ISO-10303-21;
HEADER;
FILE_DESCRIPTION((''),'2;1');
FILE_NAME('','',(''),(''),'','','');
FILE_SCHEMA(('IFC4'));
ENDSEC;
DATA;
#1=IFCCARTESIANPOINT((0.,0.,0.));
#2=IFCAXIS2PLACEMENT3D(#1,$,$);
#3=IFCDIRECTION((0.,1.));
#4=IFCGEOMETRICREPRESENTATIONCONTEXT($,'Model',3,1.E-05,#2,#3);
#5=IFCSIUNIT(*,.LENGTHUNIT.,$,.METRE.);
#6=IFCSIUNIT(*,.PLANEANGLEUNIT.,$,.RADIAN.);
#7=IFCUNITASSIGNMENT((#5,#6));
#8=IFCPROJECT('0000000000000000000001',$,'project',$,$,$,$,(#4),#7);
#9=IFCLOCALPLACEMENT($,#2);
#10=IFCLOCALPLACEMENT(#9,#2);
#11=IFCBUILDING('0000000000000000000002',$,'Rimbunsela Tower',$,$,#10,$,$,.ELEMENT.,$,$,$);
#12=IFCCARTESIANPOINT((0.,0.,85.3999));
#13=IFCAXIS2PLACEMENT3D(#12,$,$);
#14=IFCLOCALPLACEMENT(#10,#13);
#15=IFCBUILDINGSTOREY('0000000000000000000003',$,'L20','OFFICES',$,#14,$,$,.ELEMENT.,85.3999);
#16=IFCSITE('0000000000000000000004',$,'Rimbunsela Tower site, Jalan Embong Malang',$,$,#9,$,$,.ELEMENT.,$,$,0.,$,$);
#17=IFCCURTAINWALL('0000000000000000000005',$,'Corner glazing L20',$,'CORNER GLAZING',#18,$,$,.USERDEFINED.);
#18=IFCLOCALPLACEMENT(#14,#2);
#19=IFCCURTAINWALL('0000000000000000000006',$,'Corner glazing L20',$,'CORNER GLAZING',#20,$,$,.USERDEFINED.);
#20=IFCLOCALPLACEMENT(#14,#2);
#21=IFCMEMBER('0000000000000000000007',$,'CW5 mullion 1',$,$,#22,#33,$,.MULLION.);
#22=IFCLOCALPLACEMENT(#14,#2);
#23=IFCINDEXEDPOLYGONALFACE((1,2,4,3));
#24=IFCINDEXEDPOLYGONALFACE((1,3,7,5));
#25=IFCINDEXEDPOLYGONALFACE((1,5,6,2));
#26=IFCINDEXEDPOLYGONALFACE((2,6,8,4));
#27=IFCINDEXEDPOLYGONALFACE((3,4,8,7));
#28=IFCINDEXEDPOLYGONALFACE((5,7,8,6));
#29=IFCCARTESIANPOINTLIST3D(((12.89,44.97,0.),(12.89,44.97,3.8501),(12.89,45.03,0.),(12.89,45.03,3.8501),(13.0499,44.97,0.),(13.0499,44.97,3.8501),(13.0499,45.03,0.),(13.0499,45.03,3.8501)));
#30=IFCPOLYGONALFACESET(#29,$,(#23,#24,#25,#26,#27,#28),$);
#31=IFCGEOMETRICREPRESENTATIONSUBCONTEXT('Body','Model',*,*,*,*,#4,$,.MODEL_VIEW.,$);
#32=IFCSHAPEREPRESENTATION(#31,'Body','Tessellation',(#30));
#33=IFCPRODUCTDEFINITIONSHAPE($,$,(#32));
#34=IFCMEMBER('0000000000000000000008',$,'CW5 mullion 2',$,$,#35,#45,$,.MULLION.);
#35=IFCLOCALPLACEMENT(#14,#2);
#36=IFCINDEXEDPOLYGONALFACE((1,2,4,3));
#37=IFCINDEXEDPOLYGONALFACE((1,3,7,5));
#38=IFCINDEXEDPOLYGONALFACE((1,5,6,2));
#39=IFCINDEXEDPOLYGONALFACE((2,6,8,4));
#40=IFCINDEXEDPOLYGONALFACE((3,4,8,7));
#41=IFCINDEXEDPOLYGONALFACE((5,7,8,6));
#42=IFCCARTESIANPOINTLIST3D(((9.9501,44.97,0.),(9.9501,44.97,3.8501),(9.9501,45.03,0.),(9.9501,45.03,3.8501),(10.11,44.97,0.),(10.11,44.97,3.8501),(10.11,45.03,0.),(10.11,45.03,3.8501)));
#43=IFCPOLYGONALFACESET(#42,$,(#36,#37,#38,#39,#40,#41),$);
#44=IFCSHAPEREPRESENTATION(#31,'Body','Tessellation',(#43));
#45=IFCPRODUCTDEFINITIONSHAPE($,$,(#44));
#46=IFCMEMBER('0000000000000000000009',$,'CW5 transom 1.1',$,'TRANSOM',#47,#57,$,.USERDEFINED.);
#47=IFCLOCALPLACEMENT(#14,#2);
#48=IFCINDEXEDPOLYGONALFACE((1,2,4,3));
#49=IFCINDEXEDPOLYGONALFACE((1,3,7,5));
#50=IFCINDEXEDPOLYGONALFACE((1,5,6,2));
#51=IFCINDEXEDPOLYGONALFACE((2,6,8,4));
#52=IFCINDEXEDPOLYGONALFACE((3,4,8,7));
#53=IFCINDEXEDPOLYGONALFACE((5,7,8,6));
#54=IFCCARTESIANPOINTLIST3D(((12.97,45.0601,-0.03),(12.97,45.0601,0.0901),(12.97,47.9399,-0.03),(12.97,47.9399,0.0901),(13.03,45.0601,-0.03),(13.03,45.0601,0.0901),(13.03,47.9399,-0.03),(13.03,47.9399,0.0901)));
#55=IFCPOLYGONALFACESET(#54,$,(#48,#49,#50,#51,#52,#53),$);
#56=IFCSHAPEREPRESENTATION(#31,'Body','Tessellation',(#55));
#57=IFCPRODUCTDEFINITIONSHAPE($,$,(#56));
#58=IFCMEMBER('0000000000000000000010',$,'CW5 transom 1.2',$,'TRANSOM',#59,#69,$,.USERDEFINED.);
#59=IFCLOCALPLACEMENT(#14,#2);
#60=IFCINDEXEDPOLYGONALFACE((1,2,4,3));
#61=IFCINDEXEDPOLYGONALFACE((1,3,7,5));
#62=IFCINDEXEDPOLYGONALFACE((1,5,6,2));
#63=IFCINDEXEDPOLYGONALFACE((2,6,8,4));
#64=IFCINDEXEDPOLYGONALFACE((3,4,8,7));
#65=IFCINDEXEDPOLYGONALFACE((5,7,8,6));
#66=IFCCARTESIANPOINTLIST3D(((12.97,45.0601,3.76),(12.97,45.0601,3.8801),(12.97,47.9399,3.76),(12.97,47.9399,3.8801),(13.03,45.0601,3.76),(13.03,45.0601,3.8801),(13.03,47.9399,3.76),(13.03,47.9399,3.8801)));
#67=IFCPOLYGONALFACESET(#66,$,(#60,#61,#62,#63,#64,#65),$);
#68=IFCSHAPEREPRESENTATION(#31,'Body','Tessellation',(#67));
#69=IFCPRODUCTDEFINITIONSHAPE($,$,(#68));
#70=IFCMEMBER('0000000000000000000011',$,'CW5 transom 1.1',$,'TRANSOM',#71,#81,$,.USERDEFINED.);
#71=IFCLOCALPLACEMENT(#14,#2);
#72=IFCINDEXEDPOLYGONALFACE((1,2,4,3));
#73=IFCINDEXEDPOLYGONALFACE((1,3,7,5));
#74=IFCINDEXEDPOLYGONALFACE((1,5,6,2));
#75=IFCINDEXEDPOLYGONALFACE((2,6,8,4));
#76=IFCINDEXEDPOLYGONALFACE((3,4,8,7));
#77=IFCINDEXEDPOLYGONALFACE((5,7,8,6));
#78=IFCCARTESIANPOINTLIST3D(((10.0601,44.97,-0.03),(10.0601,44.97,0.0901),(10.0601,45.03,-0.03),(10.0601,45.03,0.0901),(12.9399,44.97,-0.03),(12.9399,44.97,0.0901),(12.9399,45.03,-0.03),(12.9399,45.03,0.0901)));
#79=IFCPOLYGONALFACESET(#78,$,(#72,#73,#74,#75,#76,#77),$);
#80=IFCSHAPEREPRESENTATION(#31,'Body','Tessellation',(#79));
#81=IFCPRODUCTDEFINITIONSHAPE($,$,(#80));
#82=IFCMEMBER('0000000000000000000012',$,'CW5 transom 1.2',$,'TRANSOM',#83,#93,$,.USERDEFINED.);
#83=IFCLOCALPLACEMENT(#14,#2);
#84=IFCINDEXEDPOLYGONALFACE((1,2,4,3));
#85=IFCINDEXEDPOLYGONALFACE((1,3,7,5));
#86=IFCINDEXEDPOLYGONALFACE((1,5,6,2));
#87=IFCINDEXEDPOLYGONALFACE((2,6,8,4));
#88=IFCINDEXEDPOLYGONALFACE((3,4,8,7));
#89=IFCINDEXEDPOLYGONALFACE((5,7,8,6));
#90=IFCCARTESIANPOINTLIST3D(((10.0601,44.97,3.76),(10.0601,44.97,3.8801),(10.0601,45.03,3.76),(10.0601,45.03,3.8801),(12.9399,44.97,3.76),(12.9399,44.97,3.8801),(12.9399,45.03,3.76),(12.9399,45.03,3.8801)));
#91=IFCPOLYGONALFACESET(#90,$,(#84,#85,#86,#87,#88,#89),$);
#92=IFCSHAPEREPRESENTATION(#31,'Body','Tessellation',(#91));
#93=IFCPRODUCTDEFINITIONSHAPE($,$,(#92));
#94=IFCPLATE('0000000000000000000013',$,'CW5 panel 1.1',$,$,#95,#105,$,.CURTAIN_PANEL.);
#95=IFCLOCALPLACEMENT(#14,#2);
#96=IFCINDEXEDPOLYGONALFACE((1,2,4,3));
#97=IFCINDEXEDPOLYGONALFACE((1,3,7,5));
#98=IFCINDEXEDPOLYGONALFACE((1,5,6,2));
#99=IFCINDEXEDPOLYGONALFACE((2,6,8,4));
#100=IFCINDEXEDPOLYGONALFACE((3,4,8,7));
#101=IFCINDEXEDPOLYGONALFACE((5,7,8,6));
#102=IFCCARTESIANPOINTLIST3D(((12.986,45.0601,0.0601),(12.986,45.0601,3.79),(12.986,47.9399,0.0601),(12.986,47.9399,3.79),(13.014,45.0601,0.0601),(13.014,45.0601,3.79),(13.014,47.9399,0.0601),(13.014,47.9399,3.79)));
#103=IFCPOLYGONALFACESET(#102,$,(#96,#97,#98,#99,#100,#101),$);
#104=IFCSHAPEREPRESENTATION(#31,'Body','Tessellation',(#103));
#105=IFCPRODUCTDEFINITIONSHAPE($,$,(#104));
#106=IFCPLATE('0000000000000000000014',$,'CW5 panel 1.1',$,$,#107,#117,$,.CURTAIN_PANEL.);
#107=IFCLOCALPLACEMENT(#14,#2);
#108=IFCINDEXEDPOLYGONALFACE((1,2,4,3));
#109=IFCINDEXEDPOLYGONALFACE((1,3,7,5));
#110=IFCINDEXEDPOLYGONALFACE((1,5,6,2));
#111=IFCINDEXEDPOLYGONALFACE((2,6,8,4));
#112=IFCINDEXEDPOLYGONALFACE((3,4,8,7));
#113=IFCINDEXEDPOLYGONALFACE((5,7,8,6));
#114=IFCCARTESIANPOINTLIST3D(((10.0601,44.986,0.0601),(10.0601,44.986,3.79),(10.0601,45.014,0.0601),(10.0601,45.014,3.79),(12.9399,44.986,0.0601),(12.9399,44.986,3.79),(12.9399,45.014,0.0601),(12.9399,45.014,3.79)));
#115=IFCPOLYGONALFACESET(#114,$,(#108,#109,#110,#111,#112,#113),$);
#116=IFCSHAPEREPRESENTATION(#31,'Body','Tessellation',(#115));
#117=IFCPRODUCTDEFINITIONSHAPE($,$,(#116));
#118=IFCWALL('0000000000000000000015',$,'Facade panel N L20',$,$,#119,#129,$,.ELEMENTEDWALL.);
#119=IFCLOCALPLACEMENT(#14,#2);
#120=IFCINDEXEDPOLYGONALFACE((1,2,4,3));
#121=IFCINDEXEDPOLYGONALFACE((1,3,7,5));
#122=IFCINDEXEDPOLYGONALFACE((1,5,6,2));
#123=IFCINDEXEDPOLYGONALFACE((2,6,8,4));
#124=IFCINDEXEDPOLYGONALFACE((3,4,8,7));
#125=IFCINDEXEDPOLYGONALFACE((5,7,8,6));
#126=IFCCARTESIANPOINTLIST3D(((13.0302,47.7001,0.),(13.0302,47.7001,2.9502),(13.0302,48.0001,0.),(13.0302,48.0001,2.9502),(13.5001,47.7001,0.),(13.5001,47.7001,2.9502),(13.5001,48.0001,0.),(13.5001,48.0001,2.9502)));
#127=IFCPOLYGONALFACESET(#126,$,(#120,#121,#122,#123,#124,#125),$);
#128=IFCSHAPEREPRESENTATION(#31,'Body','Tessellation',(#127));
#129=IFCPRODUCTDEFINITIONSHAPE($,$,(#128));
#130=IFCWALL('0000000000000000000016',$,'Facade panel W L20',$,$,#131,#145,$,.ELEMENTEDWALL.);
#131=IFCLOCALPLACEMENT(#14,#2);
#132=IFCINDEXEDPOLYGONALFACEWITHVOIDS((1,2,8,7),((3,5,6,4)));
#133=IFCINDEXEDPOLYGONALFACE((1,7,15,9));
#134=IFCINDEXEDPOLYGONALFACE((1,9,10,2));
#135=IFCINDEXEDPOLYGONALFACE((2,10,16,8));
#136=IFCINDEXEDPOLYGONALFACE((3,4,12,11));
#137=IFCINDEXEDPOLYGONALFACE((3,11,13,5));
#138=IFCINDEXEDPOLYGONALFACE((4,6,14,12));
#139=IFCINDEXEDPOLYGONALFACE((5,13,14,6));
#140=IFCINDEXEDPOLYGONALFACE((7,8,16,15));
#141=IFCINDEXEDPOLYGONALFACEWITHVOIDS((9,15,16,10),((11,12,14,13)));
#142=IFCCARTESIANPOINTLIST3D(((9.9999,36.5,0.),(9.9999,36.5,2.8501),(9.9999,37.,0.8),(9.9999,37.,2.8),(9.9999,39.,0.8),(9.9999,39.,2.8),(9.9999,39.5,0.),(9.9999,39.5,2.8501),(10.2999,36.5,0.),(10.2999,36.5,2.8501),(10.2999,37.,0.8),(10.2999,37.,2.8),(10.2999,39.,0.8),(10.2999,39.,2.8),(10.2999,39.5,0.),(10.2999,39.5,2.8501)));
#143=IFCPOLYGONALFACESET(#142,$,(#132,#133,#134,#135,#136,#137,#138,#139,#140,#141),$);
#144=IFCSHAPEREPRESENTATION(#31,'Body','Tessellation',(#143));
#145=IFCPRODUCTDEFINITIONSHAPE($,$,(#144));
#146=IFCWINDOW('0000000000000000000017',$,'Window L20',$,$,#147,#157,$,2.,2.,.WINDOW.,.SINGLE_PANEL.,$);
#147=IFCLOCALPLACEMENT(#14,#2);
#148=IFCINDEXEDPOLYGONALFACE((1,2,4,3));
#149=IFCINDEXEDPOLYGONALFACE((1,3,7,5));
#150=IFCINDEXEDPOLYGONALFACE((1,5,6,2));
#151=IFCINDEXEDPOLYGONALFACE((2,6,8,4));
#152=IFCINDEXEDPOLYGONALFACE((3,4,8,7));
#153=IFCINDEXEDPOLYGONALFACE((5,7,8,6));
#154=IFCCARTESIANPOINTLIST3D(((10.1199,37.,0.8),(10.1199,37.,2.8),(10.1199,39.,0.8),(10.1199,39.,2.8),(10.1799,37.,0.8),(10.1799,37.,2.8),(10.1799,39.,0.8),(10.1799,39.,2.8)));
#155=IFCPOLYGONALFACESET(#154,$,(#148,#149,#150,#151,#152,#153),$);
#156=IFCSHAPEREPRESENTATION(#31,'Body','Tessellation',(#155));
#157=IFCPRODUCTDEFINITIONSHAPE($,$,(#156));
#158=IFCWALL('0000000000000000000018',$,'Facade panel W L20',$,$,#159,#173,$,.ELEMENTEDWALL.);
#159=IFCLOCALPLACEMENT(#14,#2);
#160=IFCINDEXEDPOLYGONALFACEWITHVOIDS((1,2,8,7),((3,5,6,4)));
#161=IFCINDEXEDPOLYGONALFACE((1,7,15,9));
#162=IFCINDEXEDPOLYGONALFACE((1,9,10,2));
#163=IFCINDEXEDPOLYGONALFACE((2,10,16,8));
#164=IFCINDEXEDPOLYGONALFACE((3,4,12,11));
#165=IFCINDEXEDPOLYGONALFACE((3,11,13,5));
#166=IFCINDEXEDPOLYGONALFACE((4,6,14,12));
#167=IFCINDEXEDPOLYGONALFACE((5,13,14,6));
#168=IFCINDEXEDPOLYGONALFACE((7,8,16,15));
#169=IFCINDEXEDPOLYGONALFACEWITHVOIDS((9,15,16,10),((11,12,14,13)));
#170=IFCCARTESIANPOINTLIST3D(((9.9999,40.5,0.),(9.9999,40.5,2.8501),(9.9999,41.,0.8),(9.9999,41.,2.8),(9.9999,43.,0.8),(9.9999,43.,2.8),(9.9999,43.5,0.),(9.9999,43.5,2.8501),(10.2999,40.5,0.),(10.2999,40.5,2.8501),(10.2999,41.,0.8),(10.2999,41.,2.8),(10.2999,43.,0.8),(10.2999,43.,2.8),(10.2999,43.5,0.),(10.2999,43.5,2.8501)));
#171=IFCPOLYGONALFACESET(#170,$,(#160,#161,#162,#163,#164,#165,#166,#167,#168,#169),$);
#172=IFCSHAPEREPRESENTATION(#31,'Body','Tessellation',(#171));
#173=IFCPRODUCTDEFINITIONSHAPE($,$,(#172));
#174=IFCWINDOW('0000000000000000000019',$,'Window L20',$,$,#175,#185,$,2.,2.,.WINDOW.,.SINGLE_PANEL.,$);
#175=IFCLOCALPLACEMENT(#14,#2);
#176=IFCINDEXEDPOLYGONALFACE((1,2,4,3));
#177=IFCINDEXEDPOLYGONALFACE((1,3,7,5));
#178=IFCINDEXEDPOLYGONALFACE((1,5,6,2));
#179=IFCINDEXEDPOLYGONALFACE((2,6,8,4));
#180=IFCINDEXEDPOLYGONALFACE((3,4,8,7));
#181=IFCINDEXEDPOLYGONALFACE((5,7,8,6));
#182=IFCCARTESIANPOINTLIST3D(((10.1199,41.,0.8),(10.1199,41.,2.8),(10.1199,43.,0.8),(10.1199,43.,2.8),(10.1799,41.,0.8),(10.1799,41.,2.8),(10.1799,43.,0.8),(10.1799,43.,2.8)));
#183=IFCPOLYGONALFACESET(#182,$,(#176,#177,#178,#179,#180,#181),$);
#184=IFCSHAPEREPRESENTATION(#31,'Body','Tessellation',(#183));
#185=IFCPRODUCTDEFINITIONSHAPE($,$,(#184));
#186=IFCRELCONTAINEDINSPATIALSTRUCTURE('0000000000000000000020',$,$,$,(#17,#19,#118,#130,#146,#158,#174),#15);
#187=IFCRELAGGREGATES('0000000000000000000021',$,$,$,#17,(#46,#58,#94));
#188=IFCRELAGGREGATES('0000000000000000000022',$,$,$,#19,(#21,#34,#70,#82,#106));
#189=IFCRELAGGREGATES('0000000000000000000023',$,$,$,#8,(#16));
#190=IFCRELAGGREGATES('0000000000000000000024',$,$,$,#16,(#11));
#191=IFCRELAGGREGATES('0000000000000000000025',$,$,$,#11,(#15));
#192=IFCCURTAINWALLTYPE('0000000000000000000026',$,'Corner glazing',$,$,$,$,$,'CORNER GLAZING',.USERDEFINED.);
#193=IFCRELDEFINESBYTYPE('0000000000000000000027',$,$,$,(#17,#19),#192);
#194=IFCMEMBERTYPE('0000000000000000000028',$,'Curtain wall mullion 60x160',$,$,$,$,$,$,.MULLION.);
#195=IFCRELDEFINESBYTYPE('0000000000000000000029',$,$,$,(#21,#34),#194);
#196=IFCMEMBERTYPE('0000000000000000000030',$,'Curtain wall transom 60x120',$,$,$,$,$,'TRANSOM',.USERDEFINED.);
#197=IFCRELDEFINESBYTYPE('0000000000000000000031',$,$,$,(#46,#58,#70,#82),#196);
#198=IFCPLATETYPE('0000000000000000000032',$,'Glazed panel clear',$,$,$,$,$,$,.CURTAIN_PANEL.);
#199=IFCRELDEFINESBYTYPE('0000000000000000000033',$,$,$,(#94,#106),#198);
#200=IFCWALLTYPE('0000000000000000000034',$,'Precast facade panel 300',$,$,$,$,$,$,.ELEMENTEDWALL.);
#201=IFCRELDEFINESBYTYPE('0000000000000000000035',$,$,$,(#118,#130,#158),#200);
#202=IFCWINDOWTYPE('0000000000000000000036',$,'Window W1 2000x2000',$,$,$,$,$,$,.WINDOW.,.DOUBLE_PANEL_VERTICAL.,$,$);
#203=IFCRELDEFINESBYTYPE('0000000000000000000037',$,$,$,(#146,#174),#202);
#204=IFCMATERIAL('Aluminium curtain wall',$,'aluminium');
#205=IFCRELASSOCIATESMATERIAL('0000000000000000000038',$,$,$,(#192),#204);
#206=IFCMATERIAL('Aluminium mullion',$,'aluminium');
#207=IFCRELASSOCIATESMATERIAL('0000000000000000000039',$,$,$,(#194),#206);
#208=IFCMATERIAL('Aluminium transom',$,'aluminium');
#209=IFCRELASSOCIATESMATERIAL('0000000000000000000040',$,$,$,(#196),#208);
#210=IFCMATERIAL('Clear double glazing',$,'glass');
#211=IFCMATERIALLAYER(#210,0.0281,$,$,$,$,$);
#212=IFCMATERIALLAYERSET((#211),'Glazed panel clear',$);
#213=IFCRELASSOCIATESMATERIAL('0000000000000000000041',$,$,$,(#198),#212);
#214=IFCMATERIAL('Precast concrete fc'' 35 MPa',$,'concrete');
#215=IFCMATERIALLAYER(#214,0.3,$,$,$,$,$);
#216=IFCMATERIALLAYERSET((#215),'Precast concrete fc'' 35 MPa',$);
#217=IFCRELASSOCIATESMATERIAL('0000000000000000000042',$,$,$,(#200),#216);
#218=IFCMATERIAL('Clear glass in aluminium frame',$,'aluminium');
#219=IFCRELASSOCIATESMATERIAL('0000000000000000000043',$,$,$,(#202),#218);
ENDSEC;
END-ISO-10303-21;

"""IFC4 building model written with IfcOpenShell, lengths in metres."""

from ifc_helpers import new_model, si_unit, direction, frame, frame_2d, origin, origin_2d, place, context, subcontext, project, spatial, rectangle, extrude, material, layer, layer_set, material_profile, profile_set, type_object, element, fill, aggregate, save


model = new_model("IFC4")

# Units and contexts
model_context = context("Model", 3, precision=1e-05, world=origin(), true_north=direction((0.0, 1.0)))
body_context = subcontext(model_context, "Body", "Model", "MODEL_VIEW")
ifc_project = project(units=[si_unit("LENGTHUNIT", "METRE"), si_unit("PLANEANGLEUNIT", "RADIAN")], contexts=[model_context])

# Site, building, storey
site_placement = place(None, origin())
site = spatial("IfcSite", under=ifc_project, at=site_placement, Name="Rimbunsela Tower site, Jalan Embong Malang", CompositionType="ELEMENT", RefElevation=0.0)
building_placement = place(site_placement, origin())
building = spatial("IfcBuilding", under=site, at=building_placement, Name="Rimbunsela Tower", CompositionType="ELEMENT")
storey_placement = place(building_placement, frame((0.0, 0.0, 85.3999)))
storey = spatial("IfcBuildingStorey", under=building, at=storey_placement, Name="L20", Description="OFFICES", CompositionType="ELEMENT", Elevation=85.3999)

# Curtain walls, members
ifc_material_1 = material(Name="Aluminium curtain wall", Category="aluminium")
curtain_wall_type = type_object("IfcCurtainWallType", Name="Corner glazing", ElementType="CORNER GLAZING", PredefinedType="USERDEFINED", material=ifc_material_1)
curtain_wall_1_placement = place(storey_placement, origin())
curtain_wall_1 = element("IfcCurtainWall", 1, at=curtain_wall_1_placement, inside=storey, type_object=curtain_wall_type, Name="Corner glazing L20", ObjectType="CORNER GLAZING", PredefinedType="USERDEFINED")
ifc_material_2 = material(Name="Aluminium mullion", Category="aluminium")
ifc_material_profile_1 = material_profile(ifc_material_2, rectangle(XDim=0.0601, YDim=0.1599, at=origin_2d()), Name="Mullion 60x160")
ifc_profile_set_1 = profile_set([ifc_material_profile_1], Name="Aluminium mullion")
member_type_1 = type_object("IfcMemberType", Name="Curtain wall mullion 60x160", PredefinedType="MULLION", material=ifc_profile_set_1)
curtain_wall_2_placement = place(storey_placement, origin())
curtain_wall_2 = element("IfcCurtainWall", 2, at=curtain_wall_2_placement, inside=storey, type_object=curtain_wall_type, Name="Corner glazing L20", ObjectType="CORNER GLAZING", PredefinedType="USERDEFINED")
member_1_placement = place(storey_placement, frame((12.97, 45.0, 0.0), z_axis=(0.0, 0.0, 1.0), x_axis=(0.0, -1.0, 0.0)))
member_1 = element("IfcMember", 3, at=member_1_placement, type_object=member_type_1, Name="CW5 mullion 1", PredefinedType="MULLION", context=body_context, shape_type="SweptSolid", body=[
    extrude(rectangle(XDim=0.0601, YDim=0.1599, at=origin_2d()), origin(), (0.0, 0.0, 1.0), 3.8501),
])
member_2_placement = place(storey_placement, frame((10.03, 45.0, 0.0), z_axis=(0.0, 0.0, 1.0), x_axis=(0.0, -1.0, 0.0)))
member_2 = element("IfcMember", 4, at=member_2_placement, type_object=member_type_1, Name="CW5 mullion 2", PredefinedType="MULLION", context=body_context, shape_type="SweptSolid", body=[
    extrude(rectangle(XDim=0.0601, YDim=0.1599, at=origin_2d()), origin(), (0.0, 0.0, 1.0), 3.8501),
])

# Members
ifc_material_3 = material(Name="Aluminium transom", Category="aluminium")
ifc_material_profile_2 = material_profile(ifc_material_3, rectangle(XDim=0.0601, YDim=0.1201, at=origin_2d()), Name="Transom 60x120")
ifc_profile_set_2 = profile_set([ifc_material_profile_2], Name="Aluminium transom")
member_type_2 = type_object("IfcMemberType", Name="Curtain wall transom 60x120", ElementType="TRANSOM", PredefinedType="USERDEFINED", material=ifc_profile_set_2)
member_3_placement = place(storey_placement, frame((13.0, 47.9399, 0.03), z_axis=(0.0, -1.0, 0.0), x_axis=(1.0, 0.0, 0.0)))
member_3 = element("IfcMember", 5, at=member_3_placement, type_object=member_type_2, Name="CW5 transom 1.1", ObjectType="TRANSOM", PredefinedType="USERDEFINED", context=body_context, shape_type="SweptSolid", body=[
    extrude(rectangle(XDim=0.0601, YDim=0.1201, at=origin_2d()), origin(), (0.0, 0.0, 1.0), 2.8799),
])
member_4_placement = place(storey_placement, frame((13.0, 47.9399, 3.8201), z_axis=(0.0, -1.0, 0.0), x_axis=(1.0, 0.0, 0.0)))
member_4 = element("IfcMember", 6, at=member_4_placement, type_object=member_type_2, Name="CW5 transom 1.2", ObjectType="TRANSOM", PredefinedType="USERDEFINED", context=body_context, shape_type="SweptSolid", body=[
    extrude(rectangle(XDim=0.0601, YDim=0.1201, at=origin_2d()), origin(), (0.0, 0.0, 1.0), 2.8799),
])
member_5_placement = place(storey_placement, frame((12.9399, 45.0, 0.03), z_axis=(-1.0, 0.0, 0.0), x_axis=(0.0, -1.0, 0.0)))
member_5 = element("IfcMember", 7, at=member_5_placement, type_object=member_type_2, Name="CW5 transom 1.1", ObjectType="TRANSOM", PredefinedType="USERDEFINED", context=body_context, shape_type="SweptSolid", body=[
    extrude(rectangle(XDim=0.0601, YDim=0.1201, at=origin_2d()), origin(), (0.0, 0.0, 1.0), 2.8799),
])
member_6_placement = place(storey_placement, frame((12.9399, 45.0, 3.8201), z_axis=(-1.0, 0.0, 0.0), x_axis=(0.0, -1.0, 0.0)))
member_6 = element("IfcMember", 8, at=member_6_placement, type_object=member_type_2, Name="CW5 transom 1.2", ObjectType="TRANSOM", PredefinedType="USERDEFINED", context=body_context, shape_type="SweptSolid", body=[
    extrude(rectangle(XDim=0.0601, YDim=0.1201, at=origin_2d()), origin(), (0.0, 0.0, 1.0), 2.8799),
])

# Plates
ifc_material_4 = material(Name="Clear double glazing", Category="glass")
ifc_layer_1 = layer(ifc_material_4, 0.0281)
ifc_layer_set_1 = layer_set([ifc_layer_1], Name="Glazed panel clear")
plate_type = type_object("IfcPlateType", Name="Glazed panel clear", PredefinedType="CURTAIN_PANEL", material=ifc_layer_set_1)
plate_1_placement = place(storey_placement, frame((13.0, 46.5, 0.0601), z_axis=(0.0, 0.0, 1.0), x_axis=(0.0, -1.0, 0.0)))
plate_1 = element("IfcPlate", 9, at=plate_1_placement, type_object=plate_type, Name="CW5 panel 1.1", PredefinedType="CURTAIN_PANEL", context=body_context, shape_type="SweptSolid", body=[
    extrude(rectangle(XDim=2.8799, YDim=0.0281, at=origin_2d()), origin(), (0.0, 0.0, 1.0), 3.73),
])
aggregate(curtain_wall_1, [member_3, member_4, plate_1])
plate_2_placement = place(storey_placement, frame((11.5, 45.0, 0.0601), z_axis=(0.0, 0.0, 1.0), x_axis=(-1.0, 0.0, 0.0)))
plate_2 = element("IfcPlate", 10, at=plate_2_placement, type_object=plate_type, Name="CW5 panel 1.1", PredefinedType="CURTAIN_PANEL", context=body_context, shape_type="SweptSolid", body=[
    extrude(rectangle(XDim=2.8799, YDim=0.0281, at=origin_2d()), origin(), (0.0, 0.0, 1.0), 3.73),
])
aggregate(curtain_wall_2, [member_1, member_2, member_5, member_6, plate_2])

# Wall
ifc_material_5 = material(Name="Precast concrete fc' 35 MPa", Category="concrete")
ifc_layer_2 = layer(ifc_material_5, 0.3)
ifc_layer_set_2 = layer_set([ifc_layer_2], Name="Precast concrete fc' 35 MPa")
wall_type = type_object("IfcWallType", Name="Precast facade panel 300", PredefinedType="ELEMENTEDWALL", material=ifc_layer_set_2)
wall_1_placement = place(storey_placement, frame((13.5, 47.8501, 0.0), z_axis=(0.0, 0.0, 1.0), x_axis=(-1.0, 0.0, 0.0)))
element("IfcWall", 11, at=wall_1_placement, inside=storey, type_object=wall_type, Name="Facade panel N L20", PredefinedType="ELEMENTEDWALL", context=body_context, shape_type="SweptSolid", body=[
    extrude(rectangle(XDim=0.47, YDim=0.3, at=frame_2d((0.2349, 0.0))), origin(), (0.0, 0.0, 1.0), 2.9502),
])

# Walls, openings, windows
wall_2_placement = place(storey_placement, frame((10.1499, 39.5, 0.0), z_axis=(0.0, 0.0, 1.0), x_axis=(0.0, -1.0, 0.0)))
wall_2 = element("IfcWall", 12, at=wall_2_placement, inside=storey, type_object=wall_type, Name="Facade panel W L20", PredefinedType="ELEMENTEDWALL", context=body_context, shape_type="SweptSolid", body=[
    extrude(rectangle(XDim=3.0, YDim=0.3, at=frame_2d((1.5, 0.0))), origin(), (0.0, 0.0, 1.0), 2.8501),
])
opening_1_placement = place(wall_2_placement, frame((0.5, 0.0, 0.8)))
opening_1 = element("IfcOpeningElement", 13, at=opening_1_placement, cuts=wall_2, PredefinedType="OPENING", context=body_context, shape_type="SweptSolid", body=[
    extrude(rectangle(XDim=2.0, YDim=2.0, at=frame_2d((1.0, 1.0))), frame((0.0, 0.1599, 0.0), z_axis=(0.0, -1.0, 0.0), x_axis=(1.0, 0.0, 0.0)), (0.0, 0.0, 1.0), 0.3201),
])
ifc_material_6 = material(Name="Clear glass in aluminium frame", Category="aluminium")
window_type = type_object("IfcWindowType", Name="Window W1 2000x2000", PartitioningType="DOUBLE_PANEL_VERTICAL", PredefinedType="WINDOW", material=ifc_material_6)
window_1_placement = place(opening_1_placement, origin())
window_1 = element("IfcWindow", 14, at=window_1_placement, inside=storey, type_object=window_type, Name="Window L20", OverallHeight=2.0, OverallWidth=2.0, PartitioningType="SINGLE_PANEL", PredefinedType="WINDOW", context=body_context, shape_type="SweptSolid", body=[
    extrude(rectangle(XDim=2.0, YDim=2.0, at=frame_2d((1.0, 1.0))), frame((0.0, 0.03, 0.0), z_axis=(0.0, -1.0, 0.0), x_axis=(1.0, 0.0, 0.0)), (0.0, 0.0, 1.0), 0.0601),
])
fill(opening_1, window_1)
wall_3_placement = place(storey_placement, frame((10.1499, 43.5, 0.0), z_axis=(0.0, 0.0, 1.0), x_axis=(0.0, -1.0, 0.0)))
wall_3 = element("IfcWall", 15, at=wall_3_placement, inside=storey, type_object=wall_type, Name="Facade panel W L20", PredefinedType="ELEMENTEDWALL", context=body_context, shape_type="SweptSolid", body=[
    extrude(rectangle(XDim=3.0, YDim=0.3, at=frame_2d((1.5, 0.0))), origin(), (0.0, 0.0, 1.0), 2.8501),
])
opening_2_placement = place(wall_3_placement, frame((0.5, 0.0, 0.8)))
opening_2 = element("IfcOpeningElement", 16, at=opening_2_placement, cuts=wall_3, PredefinedType="OPENING", context=body_context, shape_type="SweptSolid", body=[
    extrude(rectangle(XDim=2.0, YDim=2.0, at=frame_2d((1.0, 1.0))), frame((0.0, 0.1599, 0.0), z_axis=(0.0, -1.0, 0.0), x_axis=(1.0, 0.0, 0.0)), (0.0, 0.0, 1.0), 0.3201),
])
window_2_placement = place(opening_2_placement, origin())
window_2 = element("IfcWindow", 17, at=window_2_placement, inside=storey, type_object=window_type, Name="Window L20", OverallHeight=2.0, OverallWidth=2.0, PartitioningType="SINGLE_PANEL", PredefinedType="WINDOW", context=body_context, shape_type="SweptSolid", body=[
    extrude(rectangle(XDim=2.0, YDim=2.0, at=frame_2d((1.0, 1.0))), frame((0.0, 0.03, 0.0), z_axis=(0.0, -1.0, 0.0), x_axis=(1.0, 0.0, 0.0)), (0.0, 0.0, 1.0), 0.0601),
])
fill(opening_2, window_2)

save(model, "model.ifc")
